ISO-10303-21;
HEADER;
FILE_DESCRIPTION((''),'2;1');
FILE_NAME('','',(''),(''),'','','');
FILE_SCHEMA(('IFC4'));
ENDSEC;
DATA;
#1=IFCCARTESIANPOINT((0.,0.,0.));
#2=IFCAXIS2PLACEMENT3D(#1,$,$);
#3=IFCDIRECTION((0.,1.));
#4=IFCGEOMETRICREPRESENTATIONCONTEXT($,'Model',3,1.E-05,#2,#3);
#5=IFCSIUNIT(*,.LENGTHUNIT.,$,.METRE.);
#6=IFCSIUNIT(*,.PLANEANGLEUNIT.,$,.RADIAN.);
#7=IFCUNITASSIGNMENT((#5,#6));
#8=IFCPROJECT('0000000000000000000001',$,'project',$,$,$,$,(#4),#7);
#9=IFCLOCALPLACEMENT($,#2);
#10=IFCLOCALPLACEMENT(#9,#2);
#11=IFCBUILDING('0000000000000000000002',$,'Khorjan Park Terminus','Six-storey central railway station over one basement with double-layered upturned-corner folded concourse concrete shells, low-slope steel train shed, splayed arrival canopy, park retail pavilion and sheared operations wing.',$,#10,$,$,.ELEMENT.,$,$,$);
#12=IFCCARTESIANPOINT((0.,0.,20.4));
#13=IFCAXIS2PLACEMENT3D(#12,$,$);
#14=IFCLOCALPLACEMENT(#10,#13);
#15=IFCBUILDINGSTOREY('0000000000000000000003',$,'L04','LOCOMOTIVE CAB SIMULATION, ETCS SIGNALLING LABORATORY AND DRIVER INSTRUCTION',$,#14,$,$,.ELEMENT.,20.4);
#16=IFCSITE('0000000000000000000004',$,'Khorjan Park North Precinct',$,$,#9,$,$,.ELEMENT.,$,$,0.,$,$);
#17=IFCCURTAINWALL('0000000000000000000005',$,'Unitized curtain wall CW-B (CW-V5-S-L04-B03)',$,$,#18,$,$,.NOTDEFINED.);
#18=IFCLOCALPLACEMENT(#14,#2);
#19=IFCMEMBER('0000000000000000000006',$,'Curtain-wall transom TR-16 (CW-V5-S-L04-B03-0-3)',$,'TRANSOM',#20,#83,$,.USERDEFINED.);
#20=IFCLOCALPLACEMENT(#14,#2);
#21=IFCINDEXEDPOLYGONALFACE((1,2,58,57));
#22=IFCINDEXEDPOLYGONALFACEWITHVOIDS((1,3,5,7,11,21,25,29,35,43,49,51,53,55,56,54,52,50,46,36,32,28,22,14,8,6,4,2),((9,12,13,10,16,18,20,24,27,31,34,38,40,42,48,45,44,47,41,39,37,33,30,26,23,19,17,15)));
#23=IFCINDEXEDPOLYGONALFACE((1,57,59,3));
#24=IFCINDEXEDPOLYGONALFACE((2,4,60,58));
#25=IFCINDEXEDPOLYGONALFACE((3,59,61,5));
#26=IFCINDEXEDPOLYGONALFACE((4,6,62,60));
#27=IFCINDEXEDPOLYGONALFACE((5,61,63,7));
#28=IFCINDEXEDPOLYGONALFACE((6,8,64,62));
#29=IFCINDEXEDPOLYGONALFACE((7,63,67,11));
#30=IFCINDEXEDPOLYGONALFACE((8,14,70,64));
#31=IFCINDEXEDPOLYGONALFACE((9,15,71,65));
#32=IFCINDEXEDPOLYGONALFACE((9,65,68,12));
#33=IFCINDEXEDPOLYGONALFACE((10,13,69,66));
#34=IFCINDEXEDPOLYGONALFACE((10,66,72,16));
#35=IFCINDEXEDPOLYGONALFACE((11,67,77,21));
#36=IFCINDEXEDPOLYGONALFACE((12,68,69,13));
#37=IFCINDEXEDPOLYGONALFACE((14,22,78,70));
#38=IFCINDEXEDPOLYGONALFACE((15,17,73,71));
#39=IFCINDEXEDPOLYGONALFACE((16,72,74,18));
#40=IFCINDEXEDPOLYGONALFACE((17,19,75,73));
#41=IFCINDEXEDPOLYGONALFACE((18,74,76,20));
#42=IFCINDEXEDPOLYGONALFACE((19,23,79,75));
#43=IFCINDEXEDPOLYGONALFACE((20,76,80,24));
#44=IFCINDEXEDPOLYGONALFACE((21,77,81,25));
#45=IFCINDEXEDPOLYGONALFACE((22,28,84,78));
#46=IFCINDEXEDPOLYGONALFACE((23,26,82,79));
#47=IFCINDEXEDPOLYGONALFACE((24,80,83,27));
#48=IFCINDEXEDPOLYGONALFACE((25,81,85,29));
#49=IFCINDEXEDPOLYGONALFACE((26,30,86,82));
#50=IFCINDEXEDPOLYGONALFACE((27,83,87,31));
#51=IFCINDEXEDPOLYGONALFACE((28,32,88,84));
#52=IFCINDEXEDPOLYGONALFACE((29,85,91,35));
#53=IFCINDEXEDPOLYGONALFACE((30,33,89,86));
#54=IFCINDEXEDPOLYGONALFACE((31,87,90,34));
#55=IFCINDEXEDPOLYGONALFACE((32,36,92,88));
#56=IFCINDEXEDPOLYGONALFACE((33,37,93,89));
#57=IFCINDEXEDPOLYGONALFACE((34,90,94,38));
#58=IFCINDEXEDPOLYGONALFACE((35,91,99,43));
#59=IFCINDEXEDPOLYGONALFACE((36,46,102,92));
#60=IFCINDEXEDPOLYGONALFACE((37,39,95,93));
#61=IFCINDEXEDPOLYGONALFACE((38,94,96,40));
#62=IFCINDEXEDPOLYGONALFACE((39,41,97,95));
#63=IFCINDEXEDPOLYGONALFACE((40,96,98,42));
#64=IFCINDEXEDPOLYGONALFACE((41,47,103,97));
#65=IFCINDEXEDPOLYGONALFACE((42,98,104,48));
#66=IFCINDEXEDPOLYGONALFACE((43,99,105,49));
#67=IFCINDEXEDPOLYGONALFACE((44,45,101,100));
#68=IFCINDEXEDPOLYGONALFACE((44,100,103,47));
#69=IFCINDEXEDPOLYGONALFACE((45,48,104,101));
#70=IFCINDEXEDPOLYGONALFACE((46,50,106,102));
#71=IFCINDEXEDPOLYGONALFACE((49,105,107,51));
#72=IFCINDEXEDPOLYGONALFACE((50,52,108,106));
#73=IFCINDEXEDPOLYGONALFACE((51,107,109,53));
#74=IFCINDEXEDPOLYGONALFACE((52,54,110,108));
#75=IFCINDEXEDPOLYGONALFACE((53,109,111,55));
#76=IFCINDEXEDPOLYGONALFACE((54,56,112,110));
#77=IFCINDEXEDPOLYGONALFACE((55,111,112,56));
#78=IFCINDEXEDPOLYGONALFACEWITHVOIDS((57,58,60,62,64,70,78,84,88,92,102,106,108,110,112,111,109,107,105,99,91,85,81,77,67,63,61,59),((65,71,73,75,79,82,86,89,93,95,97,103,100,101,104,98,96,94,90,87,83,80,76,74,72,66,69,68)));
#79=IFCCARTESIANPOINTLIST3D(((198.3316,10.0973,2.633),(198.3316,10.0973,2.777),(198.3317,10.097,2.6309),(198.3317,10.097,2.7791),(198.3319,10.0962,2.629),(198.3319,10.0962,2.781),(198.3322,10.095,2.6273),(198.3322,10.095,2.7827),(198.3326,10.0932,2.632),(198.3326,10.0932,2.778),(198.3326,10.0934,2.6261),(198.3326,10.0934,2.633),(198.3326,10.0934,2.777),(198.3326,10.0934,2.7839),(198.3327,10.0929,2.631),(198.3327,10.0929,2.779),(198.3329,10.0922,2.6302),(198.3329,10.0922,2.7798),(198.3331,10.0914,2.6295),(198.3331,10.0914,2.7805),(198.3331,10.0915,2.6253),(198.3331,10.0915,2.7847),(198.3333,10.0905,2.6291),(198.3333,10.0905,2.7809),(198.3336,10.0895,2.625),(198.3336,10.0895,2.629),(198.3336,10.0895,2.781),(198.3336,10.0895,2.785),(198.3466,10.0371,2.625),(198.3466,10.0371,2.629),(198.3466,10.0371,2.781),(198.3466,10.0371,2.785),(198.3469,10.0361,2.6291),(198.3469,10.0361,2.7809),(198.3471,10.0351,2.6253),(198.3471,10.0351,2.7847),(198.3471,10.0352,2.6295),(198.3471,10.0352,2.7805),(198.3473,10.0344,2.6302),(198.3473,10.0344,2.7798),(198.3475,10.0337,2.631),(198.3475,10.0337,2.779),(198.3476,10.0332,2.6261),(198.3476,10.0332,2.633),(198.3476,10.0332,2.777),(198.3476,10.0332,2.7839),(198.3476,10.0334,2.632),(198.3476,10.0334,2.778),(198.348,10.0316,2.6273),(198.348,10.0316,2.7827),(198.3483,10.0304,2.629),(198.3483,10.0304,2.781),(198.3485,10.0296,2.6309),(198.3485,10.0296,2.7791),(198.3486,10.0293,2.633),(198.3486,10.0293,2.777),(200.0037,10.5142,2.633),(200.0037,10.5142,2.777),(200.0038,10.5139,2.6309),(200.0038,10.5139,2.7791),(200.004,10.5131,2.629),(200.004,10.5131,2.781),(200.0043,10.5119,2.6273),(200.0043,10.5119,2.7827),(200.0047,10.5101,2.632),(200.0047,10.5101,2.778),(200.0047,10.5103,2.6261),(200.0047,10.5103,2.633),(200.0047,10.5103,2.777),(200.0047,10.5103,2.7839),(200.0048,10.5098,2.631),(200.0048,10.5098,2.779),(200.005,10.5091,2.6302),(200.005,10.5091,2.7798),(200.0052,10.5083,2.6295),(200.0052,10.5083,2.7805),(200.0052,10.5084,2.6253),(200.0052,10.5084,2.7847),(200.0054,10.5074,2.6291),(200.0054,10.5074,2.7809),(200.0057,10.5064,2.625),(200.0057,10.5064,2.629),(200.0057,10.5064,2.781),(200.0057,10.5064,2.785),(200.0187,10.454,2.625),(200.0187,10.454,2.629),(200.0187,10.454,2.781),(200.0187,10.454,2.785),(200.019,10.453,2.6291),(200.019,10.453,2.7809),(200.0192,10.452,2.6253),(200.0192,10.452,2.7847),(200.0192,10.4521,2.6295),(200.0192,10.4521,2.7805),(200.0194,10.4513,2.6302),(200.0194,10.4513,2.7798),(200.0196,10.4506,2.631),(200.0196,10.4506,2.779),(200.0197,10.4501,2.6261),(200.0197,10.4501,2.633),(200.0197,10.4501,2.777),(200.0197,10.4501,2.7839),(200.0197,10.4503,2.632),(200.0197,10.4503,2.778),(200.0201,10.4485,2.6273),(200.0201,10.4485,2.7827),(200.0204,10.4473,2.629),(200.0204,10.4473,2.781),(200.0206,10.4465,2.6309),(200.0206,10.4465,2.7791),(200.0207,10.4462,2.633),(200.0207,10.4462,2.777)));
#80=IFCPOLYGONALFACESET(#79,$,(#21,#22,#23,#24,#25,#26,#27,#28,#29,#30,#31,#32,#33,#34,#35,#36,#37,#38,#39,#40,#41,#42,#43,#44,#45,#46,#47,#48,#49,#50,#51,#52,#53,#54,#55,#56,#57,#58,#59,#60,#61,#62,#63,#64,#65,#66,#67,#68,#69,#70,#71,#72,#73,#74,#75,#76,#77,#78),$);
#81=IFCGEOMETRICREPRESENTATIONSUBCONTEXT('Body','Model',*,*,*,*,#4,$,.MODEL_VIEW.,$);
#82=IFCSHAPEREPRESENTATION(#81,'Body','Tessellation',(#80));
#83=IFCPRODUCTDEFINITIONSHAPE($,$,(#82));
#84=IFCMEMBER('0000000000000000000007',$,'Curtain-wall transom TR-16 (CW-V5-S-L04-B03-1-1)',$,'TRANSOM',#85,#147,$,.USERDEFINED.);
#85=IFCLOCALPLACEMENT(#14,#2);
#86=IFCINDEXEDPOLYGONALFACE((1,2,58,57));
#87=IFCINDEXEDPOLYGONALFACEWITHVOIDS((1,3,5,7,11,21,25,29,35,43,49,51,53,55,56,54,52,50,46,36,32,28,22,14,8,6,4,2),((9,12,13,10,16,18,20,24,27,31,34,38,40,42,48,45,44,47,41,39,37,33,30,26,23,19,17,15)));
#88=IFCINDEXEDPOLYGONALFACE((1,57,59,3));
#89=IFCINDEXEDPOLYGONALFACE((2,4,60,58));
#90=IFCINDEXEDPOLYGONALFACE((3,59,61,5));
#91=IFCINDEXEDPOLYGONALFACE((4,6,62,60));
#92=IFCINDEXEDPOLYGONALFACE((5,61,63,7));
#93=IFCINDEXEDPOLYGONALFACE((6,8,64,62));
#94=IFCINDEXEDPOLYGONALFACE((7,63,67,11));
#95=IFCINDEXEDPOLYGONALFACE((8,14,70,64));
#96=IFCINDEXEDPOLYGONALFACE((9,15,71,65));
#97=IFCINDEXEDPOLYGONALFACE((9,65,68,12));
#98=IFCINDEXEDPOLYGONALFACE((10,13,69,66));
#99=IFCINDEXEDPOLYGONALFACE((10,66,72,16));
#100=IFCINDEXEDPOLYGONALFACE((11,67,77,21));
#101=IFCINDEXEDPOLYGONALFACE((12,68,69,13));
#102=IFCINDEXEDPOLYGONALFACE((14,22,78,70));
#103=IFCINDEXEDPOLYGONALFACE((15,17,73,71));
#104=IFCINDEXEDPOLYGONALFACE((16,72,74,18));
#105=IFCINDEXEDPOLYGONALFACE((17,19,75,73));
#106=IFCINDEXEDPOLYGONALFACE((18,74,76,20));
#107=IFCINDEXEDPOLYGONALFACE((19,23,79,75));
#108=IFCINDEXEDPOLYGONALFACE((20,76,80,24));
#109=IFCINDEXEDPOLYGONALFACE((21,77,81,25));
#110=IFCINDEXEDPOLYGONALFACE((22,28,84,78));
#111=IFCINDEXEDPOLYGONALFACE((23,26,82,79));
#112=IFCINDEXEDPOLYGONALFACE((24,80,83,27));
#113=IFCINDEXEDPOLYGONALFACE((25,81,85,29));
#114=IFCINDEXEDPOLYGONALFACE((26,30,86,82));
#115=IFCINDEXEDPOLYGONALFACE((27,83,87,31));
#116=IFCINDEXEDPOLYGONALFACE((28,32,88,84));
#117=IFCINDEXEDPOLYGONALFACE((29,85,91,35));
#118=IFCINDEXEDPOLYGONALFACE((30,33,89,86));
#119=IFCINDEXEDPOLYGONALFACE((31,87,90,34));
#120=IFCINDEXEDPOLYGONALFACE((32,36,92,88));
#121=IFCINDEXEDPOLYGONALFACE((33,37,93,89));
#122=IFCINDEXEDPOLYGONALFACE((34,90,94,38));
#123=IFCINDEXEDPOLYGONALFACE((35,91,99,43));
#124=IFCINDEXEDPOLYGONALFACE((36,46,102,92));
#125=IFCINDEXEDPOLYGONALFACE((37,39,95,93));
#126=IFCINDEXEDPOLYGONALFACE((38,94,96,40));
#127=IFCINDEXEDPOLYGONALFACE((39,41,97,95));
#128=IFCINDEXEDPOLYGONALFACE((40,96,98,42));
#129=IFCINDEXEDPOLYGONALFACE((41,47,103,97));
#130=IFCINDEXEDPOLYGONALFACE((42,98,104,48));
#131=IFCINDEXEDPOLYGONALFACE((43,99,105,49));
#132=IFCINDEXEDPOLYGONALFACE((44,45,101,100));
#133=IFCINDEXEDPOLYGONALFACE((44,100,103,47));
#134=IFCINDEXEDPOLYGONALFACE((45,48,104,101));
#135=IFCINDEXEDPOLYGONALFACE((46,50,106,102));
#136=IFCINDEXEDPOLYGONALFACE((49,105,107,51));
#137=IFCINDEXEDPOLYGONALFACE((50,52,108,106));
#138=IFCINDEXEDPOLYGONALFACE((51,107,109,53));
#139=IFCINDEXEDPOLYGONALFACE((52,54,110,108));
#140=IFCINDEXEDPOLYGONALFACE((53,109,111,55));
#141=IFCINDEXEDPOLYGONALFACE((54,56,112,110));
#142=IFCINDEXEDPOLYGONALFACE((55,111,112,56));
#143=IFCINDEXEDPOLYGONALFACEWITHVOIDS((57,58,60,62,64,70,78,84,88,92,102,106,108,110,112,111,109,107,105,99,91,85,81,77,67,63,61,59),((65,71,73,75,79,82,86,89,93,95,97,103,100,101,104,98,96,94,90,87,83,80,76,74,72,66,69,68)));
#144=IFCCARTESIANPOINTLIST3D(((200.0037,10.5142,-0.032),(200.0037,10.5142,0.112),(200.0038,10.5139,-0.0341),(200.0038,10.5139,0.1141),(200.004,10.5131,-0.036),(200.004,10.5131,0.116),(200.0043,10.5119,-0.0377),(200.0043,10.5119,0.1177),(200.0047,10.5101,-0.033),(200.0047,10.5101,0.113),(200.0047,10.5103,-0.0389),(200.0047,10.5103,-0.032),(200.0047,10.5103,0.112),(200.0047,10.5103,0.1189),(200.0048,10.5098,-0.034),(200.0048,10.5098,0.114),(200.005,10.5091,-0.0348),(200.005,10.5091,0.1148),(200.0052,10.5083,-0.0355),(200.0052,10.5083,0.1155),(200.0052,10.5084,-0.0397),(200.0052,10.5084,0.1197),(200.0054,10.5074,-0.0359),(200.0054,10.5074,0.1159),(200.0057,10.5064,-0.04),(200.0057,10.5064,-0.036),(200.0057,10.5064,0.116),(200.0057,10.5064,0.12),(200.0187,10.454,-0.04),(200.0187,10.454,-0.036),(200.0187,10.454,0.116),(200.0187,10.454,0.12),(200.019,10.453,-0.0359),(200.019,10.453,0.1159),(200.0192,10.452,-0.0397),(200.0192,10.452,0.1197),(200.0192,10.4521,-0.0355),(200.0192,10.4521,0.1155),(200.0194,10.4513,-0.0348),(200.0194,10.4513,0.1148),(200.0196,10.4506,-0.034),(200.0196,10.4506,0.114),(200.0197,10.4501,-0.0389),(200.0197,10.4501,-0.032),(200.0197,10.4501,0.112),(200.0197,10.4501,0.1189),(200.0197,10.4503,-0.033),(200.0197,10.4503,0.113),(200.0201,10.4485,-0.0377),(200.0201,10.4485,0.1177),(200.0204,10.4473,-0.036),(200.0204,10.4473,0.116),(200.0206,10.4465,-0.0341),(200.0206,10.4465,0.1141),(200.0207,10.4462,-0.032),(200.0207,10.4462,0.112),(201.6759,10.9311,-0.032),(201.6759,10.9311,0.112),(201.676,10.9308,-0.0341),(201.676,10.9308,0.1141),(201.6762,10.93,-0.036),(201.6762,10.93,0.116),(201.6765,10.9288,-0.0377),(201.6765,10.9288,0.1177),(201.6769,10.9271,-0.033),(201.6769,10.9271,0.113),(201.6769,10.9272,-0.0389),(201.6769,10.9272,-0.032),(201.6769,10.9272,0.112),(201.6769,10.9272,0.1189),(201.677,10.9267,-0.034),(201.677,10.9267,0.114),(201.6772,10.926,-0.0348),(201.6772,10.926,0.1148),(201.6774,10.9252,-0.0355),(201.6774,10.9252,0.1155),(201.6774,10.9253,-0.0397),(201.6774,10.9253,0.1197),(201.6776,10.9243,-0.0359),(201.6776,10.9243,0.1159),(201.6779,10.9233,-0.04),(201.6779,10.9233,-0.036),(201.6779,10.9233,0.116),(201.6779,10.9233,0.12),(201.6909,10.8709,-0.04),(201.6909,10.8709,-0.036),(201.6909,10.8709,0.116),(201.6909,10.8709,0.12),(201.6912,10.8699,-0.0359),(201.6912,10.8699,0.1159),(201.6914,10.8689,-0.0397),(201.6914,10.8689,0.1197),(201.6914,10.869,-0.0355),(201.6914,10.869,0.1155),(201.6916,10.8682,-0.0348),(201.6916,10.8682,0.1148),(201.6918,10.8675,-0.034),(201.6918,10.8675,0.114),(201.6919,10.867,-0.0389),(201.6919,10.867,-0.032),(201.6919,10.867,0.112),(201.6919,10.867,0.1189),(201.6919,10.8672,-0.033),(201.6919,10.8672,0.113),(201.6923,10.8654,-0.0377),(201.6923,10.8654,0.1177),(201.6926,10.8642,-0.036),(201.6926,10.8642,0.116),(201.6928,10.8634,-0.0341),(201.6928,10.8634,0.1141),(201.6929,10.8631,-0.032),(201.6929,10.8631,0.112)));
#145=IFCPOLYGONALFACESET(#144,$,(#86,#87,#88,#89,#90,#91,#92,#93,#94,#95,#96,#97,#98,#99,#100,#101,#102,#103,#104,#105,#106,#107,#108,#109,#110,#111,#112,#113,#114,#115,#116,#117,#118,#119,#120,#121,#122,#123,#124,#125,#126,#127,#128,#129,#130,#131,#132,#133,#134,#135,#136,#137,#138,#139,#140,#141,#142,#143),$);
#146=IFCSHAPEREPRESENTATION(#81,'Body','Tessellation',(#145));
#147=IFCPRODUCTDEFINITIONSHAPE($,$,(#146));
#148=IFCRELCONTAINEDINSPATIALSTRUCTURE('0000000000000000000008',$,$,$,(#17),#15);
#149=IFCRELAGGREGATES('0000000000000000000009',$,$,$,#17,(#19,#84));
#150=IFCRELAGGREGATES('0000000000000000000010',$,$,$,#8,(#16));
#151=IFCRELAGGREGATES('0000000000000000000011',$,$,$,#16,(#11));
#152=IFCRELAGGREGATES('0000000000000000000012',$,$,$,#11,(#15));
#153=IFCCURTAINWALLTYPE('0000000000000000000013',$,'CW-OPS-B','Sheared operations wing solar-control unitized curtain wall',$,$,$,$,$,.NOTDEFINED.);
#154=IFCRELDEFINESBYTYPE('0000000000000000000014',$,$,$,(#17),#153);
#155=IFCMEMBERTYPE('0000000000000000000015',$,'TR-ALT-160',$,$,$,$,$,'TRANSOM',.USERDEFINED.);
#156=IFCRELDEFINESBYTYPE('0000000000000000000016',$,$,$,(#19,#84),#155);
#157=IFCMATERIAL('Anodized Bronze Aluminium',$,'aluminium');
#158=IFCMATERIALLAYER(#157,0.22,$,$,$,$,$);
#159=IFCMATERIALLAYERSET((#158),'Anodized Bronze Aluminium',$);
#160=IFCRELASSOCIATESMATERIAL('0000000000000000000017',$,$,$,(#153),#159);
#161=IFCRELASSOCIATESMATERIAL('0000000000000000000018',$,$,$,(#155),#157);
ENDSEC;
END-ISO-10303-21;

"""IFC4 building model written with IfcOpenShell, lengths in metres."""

from ifc_helpers import new_model, si_unit, direction, frame, origin, origin_2d, place, context, subcontext, project, spatial, hollow_rectangle, extrude, material, layer, layer_set, material_profile, profile_set, type_object, element, aggregate, save


model = new_model("IFC4")

# Units and contexts
model_context = context("Model", 3, precision=1e-05, world=origin(), true_north=direction((0.0, 1.0)))
body_context = subcontext(model_context, "Body", "Model", "MODEL_VIEW")
ifc_project = project(units=[si_unit("LENGTHUNIT", "METRE"), si_unit("PLANEANGLEUNIT", "RADIAN")], contexts=[model_context])

# Site, building, storey
site_placement = place(None, origin())
site = spatial("IfcSite", under=ifc_project, at=site_placement, Name="Khorjan Park North Precinct", CompositionType="ELEMENT", RefElevation=0.0)
building_placement = place(site_placement, origin())
building = spatial("IfcBuilding", under=site, at=building_placement, Name="Khorjan Park Terminus", Description="Six-storey central railway station over one basement with double-layered upturned-corner folded concourse concrete shells, low-slope steel train shed, splayed arrival canopy, park retail pavilion and sheared operations wing.", CompositionType="ELEMENT")
storey_placement = place(building_placement, frame((0.0, 0.0, 20.4)))
storey = spatial("IfcBuildingStorey", under=building, at=storey_placement, Name="L04", Description="LOCOMOTIVE CAB SIMULATION, ETCS SIGNALLING LABORATORY AND DRIVER INSTRUCTION", CompositionType="ELEMENT", Elevation=20.4)

# Curtain wall, members
ifc_material_1 = material(Name="Anodized Bronze Aluminium", Category="aluminium")
ifc_layer_1 = layer(ifc_material_1, 0.22)
ifc_layer_set_1 = layer_set([ifc_layer_1], Name="Anodized Bronze Aluminium")
curtain_wall_type = type_object("IfcCurtainWallType", Name="CW-OPS-B", Description="Sheared operations wing solar-control unitized curtain wall", PredefinedType="NOTDEFINED", material=ifc_layer_set_1)
curtain_wall_placement = place(storey_placement, origin())
curtain_wall = element("IfcCurtainWall", 1, at=curtain_wall_placement, inside=storey, type_object=curtain_wall_type, Name="Unitized curtain wall CW-B (CW-V5-S-L04-B03)", PredefinedType="NOTDEFINED")
ifc_material_profile_1 = material_profile(ifc_material_1, hollow_rectangle(XDim=0.07, YDim=0.16, WallThickness=0.004, InnerFilletRadius=0.004, OuterFilletRadius=0.008, at=origin_2d()), Name="ALT 70x160x4")
ifc_profile_set_1 = profile_set([ifc_material_profile_1], Name="Anodized Bronze Aluminium")
member_type_1 = type_object("IfcMemberType", Name="TR-ALT-160", ElementType="TRANSOM", PredefinedType="USERDEFINED", material=ifc_profile_set_1)
member_1_placement = place(storey_placement, frame((198.3401, 10.0633, 2.705), z_axis=(0.970296, 0.241921, 0.0), x_axis=(-0.241921, 0.970296, 0.0)))
member_1 = element("IfcMember", 2, at=member_1_placement, type_object=member_type_1, Name="Curtain-wall transom TR-16 (CW-V5-S-L04-B03-0-3)", ObjectType="TRANSOM", PredefinedType="USERDEFINED", context=body_context, shape_type="SweptSolid", body=[
    extrude(hollow_rectangle(XDim=0.07, YDim=0.16, WallThickness=0.004, InnerFilletRadius=0.004, OuterFilletRadius=0.008, at=origin_2d()), origin(), (0.0, 0.0, 1.0), 1.7233),
])
member_2_placement = place(storey_placement, frame((200.0122, 10.4802, 0.04), z_axis=(0.970299, 0.241908, 0.0), x_axis=(-0.241908, 0.970299, 0.0)))
member_2 = element("IfcMember", 3, at=member_2_placement, type_object=member_type_1, Name="Curtain-wall transom TR-16 (CW-V5-S-L04-B03-1-1)", ObjectType="TRANSOM", PredefinedType="USERDEFINED", context=body_context, shape_type="SweptSolid", body=[
    extrude(hollow_rectangle(XDim=0.07, YDim=0.16, WallThickness=0.004, InnerFilletRadius=0.004, OuterFilletRadius=0.008, at=origin_2d()), origin(), (0.0, 0.0, 1.0), 1.7234),
])
aggregate(curtain_wall, [member_1, member_2])

save(model, "model.ifc")
